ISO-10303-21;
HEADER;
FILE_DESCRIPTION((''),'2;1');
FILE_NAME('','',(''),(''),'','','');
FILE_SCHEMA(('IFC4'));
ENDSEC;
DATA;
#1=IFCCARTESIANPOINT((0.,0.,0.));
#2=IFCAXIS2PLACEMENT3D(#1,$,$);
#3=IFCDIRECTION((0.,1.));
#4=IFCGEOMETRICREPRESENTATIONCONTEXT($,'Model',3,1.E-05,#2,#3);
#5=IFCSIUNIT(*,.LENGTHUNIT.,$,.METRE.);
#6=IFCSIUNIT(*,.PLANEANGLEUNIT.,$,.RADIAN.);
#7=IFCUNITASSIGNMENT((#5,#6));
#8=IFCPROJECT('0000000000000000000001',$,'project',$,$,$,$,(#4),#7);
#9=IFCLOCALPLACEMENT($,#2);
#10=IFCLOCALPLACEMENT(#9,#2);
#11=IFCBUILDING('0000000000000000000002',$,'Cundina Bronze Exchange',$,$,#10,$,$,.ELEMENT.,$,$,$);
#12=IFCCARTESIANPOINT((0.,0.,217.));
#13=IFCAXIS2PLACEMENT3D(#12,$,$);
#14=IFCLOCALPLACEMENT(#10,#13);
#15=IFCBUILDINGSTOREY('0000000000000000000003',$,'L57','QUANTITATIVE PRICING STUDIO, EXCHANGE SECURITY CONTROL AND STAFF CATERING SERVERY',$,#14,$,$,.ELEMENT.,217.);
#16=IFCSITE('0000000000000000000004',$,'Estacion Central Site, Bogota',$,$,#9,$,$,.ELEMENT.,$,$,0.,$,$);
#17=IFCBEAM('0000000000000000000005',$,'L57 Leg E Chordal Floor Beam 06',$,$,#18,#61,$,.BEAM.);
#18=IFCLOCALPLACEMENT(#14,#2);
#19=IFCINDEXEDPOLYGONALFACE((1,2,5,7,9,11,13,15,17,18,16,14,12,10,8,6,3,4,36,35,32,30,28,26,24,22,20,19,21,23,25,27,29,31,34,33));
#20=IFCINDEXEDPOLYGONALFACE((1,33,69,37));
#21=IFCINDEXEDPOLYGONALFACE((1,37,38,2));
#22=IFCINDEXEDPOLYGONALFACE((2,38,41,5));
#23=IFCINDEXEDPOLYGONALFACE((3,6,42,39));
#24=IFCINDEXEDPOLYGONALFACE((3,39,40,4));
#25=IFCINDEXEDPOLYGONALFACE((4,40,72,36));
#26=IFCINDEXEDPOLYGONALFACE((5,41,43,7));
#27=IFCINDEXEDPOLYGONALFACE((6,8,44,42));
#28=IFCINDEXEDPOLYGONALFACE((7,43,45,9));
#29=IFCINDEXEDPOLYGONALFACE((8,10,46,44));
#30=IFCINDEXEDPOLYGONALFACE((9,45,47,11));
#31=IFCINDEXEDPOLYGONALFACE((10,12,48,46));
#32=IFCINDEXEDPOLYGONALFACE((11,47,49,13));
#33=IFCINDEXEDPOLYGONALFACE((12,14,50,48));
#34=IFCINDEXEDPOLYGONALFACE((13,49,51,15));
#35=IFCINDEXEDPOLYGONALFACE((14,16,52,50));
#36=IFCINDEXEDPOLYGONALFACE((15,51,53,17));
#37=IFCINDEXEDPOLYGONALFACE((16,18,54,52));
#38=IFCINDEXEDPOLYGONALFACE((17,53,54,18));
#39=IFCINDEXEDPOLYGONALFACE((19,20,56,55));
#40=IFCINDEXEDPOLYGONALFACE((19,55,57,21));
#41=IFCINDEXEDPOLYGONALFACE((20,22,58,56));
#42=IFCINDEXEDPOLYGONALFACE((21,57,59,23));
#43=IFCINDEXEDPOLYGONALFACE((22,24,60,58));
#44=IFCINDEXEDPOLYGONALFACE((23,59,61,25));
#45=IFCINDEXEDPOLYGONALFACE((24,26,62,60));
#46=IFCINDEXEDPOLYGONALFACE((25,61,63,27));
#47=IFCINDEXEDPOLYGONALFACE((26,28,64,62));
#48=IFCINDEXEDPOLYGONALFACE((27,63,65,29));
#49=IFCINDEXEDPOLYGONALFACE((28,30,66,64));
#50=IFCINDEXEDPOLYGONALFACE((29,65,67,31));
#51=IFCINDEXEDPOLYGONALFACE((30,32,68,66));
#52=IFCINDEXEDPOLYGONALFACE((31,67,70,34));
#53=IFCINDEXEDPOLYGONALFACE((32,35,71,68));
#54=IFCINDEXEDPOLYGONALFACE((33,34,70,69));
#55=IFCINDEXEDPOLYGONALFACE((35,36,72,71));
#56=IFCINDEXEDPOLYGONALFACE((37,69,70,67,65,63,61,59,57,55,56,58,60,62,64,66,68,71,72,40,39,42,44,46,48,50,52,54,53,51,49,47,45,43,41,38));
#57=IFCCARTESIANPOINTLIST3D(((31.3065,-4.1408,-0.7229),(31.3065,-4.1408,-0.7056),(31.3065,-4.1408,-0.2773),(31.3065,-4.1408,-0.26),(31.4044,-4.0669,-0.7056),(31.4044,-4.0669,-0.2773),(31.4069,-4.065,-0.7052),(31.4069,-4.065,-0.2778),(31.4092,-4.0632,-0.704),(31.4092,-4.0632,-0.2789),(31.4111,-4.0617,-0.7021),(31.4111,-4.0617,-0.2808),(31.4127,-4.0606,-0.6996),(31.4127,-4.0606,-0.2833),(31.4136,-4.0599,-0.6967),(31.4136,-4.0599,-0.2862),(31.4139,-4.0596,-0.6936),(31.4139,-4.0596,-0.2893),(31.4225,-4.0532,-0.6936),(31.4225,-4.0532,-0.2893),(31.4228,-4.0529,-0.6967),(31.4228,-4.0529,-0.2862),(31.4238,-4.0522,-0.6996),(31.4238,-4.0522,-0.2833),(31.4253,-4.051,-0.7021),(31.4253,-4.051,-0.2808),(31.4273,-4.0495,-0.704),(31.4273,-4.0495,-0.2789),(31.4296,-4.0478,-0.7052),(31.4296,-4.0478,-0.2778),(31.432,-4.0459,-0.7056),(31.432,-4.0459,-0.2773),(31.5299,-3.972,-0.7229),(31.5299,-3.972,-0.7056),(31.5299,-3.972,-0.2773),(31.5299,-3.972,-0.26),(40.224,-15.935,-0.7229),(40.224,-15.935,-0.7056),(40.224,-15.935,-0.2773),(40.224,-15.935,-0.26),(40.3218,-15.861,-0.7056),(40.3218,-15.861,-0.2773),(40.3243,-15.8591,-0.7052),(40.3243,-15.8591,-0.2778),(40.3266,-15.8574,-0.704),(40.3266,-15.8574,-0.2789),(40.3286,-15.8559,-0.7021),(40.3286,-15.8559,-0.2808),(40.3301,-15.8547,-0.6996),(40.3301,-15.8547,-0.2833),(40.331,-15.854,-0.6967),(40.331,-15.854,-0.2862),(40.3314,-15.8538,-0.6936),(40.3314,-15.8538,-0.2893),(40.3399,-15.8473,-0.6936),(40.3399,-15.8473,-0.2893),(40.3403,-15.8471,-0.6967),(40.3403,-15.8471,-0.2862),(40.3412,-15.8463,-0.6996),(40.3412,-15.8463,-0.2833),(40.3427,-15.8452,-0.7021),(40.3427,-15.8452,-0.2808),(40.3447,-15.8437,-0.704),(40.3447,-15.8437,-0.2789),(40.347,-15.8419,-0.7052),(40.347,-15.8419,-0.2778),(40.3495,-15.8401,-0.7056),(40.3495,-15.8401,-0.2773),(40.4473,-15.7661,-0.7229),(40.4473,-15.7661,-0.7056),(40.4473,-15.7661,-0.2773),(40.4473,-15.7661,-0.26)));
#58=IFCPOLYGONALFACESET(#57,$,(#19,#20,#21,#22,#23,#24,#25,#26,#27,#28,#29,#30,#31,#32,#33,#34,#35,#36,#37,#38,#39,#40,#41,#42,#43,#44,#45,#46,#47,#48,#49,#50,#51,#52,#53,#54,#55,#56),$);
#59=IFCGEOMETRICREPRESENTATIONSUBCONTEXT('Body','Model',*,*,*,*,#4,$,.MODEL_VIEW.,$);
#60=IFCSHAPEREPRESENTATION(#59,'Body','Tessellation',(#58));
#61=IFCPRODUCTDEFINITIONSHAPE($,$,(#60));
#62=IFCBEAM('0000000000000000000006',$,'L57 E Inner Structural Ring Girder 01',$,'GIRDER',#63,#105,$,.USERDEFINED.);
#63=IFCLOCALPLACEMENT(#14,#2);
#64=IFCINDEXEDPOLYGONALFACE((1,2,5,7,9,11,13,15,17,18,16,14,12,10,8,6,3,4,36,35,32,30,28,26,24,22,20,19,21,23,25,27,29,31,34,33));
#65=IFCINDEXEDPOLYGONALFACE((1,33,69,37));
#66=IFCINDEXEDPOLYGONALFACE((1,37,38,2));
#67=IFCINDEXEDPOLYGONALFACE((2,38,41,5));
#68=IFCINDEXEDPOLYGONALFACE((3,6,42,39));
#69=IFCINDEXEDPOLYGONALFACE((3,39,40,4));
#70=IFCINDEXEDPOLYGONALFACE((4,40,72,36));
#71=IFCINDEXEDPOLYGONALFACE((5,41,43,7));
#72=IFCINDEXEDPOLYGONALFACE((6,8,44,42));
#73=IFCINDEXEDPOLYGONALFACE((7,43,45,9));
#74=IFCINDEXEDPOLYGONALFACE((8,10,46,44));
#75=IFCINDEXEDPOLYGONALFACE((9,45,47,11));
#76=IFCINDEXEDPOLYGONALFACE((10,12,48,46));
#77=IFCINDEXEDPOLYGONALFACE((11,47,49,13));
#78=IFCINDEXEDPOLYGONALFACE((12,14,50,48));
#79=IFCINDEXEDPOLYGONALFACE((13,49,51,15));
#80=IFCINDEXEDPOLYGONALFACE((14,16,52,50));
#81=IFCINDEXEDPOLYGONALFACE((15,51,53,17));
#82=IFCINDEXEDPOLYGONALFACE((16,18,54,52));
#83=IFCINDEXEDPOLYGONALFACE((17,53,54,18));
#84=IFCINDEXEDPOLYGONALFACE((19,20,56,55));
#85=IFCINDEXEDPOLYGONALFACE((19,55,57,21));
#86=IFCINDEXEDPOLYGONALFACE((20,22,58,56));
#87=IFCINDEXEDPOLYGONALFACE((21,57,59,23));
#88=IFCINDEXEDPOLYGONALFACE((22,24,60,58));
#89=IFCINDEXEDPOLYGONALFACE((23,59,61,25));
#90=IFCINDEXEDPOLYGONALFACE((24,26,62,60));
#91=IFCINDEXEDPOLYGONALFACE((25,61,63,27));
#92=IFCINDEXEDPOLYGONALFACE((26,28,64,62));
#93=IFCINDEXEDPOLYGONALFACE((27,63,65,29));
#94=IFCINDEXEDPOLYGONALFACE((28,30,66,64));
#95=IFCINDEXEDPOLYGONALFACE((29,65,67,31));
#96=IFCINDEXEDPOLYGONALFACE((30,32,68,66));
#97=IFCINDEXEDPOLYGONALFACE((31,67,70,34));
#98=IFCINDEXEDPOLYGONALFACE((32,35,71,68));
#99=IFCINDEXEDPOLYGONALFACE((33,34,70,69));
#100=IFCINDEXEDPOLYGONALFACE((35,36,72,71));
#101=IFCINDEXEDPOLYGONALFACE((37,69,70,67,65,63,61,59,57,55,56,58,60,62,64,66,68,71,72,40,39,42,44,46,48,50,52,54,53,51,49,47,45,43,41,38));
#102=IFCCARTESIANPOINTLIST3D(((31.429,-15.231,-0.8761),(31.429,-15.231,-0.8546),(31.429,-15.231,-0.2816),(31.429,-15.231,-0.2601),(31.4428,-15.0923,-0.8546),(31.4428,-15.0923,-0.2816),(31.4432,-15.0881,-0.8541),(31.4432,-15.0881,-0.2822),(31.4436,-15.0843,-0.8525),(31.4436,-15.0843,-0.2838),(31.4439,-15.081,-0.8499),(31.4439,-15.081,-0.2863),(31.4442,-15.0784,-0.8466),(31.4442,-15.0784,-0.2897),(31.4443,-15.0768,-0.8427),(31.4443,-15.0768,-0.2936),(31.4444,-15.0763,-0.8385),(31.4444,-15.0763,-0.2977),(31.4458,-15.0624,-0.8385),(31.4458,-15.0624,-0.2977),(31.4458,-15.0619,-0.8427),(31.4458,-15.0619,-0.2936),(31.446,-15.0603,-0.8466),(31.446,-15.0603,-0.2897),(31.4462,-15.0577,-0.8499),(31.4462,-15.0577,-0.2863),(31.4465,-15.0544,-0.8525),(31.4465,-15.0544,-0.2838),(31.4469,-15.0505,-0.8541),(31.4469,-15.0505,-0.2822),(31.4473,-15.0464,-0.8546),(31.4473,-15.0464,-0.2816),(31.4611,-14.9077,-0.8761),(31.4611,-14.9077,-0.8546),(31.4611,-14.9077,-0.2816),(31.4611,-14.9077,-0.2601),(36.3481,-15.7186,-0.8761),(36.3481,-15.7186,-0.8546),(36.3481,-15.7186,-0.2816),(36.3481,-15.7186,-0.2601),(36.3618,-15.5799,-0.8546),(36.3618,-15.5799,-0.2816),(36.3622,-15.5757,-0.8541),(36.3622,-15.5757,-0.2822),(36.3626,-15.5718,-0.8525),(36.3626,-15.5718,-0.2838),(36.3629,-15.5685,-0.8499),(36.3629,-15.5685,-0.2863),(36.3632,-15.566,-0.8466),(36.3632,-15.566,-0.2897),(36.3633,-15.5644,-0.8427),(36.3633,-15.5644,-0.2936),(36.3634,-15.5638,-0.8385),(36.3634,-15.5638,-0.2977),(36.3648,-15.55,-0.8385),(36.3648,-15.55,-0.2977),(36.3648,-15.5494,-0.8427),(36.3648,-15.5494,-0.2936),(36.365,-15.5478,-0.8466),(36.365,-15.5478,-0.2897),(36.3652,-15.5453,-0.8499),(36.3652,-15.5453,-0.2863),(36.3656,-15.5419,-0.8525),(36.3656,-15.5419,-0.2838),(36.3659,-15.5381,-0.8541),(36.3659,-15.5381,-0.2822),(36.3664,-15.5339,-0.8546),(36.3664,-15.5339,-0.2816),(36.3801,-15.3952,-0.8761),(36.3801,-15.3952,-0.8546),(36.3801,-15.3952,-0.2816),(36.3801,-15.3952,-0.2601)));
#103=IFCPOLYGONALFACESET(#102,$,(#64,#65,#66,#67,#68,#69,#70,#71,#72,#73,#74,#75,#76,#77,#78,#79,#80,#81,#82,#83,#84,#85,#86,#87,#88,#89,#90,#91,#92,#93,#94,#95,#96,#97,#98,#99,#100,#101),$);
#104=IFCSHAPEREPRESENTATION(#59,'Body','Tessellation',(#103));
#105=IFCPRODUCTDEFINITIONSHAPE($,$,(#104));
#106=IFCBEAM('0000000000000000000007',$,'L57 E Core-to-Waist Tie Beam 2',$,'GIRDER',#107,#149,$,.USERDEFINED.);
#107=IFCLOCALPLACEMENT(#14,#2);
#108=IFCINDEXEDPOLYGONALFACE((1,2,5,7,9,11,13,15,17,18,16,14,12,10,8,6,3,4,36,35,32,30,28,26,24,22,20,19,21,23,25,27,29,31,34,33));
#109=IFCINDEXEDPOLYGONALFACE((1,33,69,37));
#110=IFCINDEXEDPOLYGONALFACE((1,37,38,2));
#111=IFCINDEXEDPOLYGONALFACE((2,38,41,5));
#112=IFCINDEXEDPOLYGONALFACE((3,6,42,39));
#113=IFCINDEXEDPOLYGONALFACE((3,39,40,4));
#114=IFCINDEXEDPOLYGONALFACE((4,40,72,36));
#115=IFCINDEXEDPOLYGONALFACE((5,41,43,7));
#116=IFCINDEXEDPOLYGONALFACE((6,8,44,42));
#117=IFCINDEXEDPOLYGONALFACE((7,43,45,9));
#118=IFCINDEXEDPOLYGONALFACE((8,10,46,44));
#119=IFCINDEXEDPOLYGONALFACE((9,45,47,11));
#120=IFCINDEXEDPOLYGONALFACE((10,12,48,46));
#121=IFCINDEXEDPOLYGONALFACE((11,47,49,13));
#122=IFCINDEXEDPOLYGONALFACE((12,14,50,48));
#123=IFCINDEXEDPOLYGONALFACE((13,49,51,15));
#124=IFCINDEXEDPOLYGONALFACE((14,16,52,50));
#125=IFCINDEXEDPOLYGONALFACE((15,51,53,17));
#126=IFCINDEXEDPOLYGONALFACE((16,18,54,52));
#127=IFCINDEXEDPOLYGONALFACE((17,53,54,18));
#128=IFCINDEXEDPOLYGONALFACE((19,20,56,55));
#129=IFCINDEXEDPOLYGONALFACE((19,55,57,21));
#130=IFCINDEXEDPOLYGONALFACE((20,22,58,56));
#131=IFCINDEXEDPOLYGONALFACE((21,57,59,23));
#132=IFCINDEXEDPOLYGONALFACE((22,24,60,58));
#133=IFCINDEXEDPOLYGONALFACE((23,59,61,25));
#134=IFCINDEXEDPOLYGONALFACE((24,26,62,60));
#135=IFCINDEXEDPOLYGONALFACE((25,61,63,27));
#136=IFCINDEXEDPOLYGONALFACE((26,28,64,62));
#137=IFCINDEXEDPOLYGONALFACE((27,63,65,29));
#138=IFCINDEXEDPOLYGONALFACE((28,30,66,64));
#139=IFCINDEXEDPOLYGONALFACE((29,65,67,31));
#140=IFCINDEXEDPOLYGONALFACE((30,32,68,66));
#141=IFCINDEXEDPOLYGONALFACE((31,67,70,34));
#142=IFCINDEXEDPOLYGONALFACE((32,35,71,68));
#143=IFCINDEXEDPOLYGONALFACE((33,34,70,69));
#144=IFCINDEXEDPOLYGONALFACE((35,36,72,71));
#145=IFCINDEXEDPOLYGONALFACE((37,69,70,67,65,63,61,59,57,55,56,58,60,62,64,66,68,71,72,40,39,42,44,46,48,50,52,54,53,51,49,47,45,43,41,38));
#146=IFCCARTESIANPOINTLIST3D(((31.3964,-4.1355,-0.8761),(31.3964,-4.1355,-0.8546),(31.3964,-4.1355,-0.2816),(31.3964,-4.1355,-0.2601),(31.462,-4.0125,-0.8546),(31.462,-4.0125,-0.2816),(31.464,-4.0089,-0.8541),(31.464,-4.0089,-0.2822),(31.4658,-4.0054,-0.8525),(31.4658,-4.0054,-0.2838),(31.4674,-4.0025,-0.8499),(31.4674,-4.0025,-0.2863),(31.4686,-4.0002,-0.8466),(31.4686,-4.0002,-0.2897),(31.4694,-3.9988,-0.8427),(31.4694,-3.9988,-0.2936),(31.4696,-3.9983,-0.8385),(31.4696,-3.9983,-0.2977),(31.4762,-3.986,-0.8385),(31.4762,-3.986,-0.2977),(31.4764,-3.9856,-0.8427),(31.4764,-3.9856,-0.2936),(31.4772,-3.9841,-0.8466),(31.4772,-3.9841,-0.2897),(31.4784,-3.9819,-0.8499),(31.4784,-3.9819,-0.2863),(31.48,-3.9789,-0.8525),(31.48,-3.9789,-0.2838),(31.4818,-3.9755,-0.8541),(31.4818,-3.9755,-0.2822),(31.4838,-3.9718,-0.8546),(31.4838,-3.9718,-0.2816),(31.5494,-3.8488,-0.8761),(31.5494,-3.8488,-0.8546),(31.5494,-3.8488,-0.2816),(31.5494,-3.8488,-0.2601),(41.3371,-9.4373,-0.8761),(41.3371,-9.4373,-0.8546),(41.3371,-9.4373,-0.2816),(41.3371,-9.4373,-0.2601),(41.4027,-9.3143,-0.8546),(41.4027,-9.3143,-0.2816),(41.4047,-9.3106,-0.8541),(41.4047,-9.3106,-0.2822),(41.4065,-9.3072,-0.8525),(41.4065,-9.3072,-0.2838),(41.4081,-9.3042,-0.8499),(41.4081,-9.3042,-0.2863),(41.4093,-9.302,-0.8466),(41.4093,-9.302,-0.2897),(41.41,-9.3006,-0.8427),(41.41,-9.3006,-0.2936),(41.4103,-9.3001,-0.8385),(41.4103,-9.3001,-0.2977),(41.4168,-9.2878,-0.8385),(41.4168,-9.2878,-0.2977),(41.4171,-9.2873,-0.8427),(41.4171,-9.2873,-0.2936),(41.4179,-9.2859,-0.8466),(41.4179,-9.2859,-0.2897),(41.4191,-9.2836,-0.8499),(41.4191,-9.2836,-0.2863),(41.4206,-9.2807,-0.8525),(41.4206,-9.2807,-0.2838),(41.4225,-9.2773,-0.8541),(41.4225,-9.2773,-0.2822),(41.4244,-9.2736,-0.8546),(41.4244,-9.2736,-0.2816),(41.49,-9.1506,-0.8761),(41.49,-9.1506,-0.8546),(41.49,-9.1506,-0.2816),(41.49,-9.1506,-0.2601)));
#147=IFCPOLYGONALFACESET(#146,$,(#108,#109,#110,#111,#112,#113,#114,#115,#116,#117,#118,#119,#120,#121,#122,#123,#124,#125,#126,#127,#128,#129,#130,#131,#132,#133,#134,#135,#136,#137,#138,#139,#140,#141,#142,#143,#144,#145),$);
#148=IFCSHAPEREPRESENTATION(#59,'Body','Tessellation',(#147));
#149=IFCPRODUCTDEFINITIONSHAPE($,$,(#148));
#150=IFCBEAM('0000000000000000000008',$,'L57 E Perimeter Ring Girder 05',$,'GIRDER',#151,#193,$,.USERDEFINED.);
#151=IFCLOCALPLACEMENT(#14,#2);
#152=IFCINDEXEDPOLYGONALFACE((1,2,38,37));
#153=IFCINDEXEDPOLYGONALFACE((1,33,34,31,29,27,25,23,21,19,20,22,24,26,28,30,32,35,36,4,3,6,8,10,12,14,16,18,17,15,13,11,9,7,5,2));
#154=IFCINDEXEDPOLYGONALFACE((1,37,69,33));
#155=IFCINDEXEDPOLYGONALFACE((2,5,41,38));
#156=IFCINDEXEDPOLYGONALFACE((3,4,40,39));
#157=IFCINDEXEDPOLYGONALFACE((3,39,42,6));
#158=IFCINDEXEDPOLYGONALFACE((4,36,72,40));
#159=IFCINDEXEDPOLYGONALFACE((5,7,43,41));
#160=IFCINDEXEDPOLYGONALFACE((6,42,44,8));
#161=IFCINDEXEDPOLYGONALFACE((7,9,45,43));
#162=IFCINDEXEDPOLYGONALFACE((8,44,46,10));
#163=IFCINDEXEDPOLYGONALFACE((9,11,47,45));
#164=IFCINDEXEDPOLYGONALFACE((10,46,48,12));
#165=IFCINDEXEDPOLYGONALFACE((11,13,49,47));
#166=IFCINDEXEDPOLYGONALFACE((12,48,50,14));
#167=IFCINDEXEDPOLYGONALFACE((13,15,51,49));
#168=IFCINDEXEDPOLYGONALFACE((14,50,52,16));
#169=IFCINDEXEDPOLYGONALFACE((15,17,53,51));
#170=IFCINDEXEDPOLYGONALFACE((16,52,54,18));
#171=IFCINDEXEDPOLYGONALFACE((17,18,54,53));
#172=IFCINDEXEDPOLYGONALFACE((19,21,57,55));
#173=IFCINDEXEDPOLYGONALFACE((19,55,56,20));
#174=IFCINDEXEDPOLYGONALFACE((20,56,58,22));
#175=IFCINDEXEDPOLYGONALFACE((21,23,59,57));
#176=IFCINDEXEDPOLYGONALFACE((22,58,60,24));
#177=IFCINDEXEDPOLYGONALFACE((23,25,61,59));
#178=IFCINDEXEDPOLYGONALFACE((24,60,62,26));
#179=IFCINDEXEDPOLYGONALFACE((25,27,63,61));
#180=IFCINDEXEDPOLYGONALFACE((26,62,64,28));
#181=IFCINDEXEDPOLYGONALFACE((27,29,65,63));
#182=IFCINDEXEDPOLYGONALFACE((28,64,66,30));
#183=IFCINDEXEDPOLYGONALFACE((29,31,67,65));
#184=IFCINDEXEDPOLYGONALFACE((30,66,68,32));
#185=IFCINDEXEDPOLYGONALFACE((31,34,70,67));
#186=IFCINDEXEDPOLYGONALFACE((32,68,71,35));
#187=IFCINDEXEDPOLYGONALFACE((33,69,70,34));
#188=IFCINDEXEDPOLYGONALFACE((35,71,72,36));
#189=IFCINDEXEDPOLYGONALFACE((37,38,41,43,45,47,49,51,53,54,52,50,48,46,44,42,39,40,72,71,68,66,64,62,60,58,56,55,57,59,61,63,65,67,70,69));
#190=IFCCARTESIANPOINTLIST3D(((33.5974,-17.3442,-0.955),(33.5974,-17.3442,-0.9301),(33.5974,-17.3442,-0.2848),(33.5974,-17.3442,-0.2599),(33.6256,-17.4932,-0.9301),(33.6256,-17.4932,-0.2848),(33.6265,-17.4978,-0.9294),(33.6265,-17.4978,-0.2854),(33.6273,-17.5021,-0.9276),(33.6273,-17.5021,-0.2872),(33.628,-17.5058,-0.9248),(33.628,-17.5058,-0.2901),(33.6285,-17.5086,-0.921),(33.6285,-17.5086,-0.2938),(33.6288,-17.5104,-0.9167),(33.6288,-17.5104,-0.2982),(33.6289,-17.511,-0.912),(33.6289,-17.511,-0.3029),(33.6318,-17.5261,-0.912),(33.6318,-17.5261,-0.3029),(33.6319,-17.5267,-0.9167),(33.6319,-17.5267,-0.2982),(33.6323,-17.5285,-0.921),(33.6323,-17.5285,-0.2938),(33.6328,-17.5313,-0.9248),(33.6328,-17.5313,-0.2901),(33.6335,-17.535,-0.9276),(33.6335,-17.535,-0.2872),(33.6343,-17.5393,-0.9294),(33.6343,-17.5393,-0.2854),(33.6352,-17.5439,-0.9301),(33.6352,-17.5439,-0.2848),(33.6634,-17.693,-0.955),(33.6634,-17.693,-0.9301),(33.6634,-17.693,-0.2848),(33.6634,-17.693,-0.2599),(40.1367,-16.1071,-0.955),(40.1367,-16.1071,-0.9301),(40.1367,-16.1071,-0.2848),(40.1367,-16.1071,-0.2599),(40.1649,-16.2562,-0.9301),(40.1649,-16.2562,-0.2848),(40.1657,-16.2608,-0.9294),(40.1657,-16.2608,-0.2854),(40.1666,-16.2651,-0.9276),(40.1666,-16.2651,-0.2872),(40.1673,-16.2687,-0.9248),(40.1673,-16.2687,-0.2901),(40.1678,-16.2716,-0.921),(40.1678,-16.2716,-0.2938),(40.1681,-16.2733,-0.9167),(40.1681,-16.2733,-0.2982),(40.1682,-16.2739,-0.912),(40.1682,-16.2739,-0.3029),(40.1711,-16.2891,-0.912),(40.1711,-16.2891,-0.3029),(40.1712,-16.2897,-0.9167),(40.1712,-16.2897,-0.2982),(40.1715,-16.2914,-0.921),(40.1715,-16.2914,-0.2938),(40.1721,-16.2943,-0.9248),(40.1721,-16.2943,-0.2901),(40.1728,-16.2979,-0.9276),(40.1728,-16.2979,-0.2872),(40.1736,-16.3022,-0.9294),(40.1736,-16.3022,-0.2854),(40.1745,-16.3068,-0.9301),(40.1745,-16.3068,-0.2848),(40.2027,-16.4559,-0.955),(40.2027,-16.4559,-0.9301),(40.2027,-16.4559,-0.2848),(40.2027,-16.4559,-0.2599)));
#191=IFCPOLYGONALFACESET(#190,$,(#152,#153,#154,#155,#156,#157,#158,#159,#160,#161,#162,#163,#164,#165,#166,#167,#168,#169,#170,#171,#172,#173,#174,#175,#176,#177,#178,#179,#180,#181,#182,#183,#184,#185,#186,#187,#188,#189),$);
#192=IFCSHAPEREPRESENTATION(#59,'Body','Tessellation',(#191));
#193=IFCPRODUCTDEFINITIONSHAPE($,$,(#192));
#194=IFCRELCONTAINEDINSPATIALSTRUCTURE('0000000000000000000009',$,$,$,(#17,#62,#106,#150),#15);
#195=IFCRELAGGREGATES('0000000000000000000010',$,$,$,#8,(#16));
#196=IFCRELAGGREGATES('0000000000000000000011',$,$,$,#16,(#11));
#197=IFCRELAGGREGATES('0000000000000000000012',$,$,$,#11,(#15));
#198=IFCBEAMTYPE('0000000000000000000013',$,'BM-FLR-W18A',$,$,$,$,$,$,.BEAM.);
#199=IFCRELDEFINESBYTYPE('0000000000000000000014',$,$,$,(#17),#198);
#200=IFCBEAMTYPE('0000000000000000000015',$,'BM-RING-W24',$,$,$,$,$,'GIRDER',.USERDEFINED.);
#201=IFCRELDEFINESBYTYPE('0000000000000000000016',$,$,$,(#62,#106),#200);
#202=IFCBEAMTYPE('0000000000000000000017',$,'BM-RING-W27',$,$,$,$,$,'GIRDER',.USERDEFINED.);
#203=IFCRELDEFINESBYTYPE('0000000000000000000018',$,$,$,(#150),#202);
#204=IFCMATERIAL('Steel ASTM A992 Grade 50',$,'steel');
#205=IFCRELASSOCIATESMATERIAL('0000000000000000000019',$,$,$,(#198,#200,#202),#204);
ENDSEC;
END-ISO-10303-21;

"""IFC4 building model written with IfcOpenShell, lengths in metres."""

from ifc_helpers import new_model, si_unit, direction, frame, origin, origin_2d, place, context, subcontext, project, spatial, i_section, extrude, material, material_profile, profile_set, type_object, element, save


model = new_model("IFC4")

# Units and contexts
model_context = context("Model", 3, precision=1e-05, world=origin(), true_north=direction((0.0, 1.0)))
body_context = subcontext(model_context, "Body", "Model", "MODEL_VIEW")
ifc_project = project(units=[si_unit("LENGTHUNIT", "METRE"), si_unit("PLANEANGLEUNIT", "RADIAN")], contexts=[model_context])

# Site, building, storey
site_placement = place(None, origin())
site = spatial("IfcSite", under=ifc_project, at=site_placement, Name="Estacion Central Site, Bogota", CompositionType="ELEMENT", RefElevation=0.0)
building_placement = place(site_placement, origin())
building = spatial("IfcBuilding", under=site, at=building_placement, Name="Cundina Bronze Exchange", CompositionType="ELEMENT")
storey_placement = place(building_placement, frame((0.0, 0.0, 217.0)))
storey = spatial("IfcBuildingStorey", under=building, at=storey_placement, Name="L57", Description="QUANTITATIVE PRICING STUDIO, EXCHANGE SECURITY CONTROL AND STAFF CATERING SERVERY", CompositionType="ELEMENT", Elevation=217.0)

# Shared definitions
ifc_material_1 = material(Name="Steel ASTM A992 Grade 50", Category="steel")

# Beams
ifc_material_profile_1 = material_profile(ifc_material_1, i_section(OverallWidth=0.28, OverallDepth=0.4629, WebThickness=0.0107, FlangeThickness=0.0173, FilletRadius=0.012, at=origin_2d()), Name="W18X76", Category="steel")
ifc_profile_set_1 = profile_set([ifc_material_profile_1], Name="Steel ASTM A992 Grade 50")
beam_type_1 = type_object("IfcBeamType", Name="BM-FLR-W18A", PredefinedType="BEAM", material=ifc_profile_set_1)
beam_1_placement = place(storey_placement, frame((31.4182, -4.0564, -0.4915), z_axis=(0.603105, -0.797662, 0.0), x_axis=(0.797662, 0.603105, 0.0)))
element("IfcBeam", 1, at=beam_1_placement, inside=storey, type_object=beam_type_1, Name="L57 Leg E Chordal Floor Beam 06", PredefinedType="BEAM", context=body_context, shape_type="SweptSolid", body=[
    extrude(i_section(OverallWidth=0.28, OverallDepth=0.4629, WebThickness=0.0107, FlangeThickness=0.0173, FilletRadius=0.012, at=origin_2d()), origin(), (0.0, 0.0, 1.0), 14.7859),
])
ifc_material_profile_2 = material_profile(ifc_material_1, i_section(OverallWidth=0.325, OverallDepth=0.616, WebThickness=0.0139, FlangeThickness=0.0215, FilletRadius=0.0161, at=origin_2d()), Name="W24X117", Category="steel")
ifc_profile_set_2 = profile_set([ifc_material_profile_2], Name="Steel ASTM A992 Grade 50")
beam_type_2 = type_object("IfcBeamType", Name="BM-RING-W24", ElementType="GIRDER", PredefinedType="USERDEFINED", material=ifc_profile_set_2)
beam_2_placement = place(storey_placement, frame((31.4451, -15.0693, -0.5681), z_axis=(0.995124, -0.098633, 0.0), x_axis=(0.098633, 0.995124, 0.0)))
element("IfcBeam", 2, at=beam_2_placement, inside=storey, type_object=beam_type_2, Name="L57 E Inner Structural Ring Girder 01", ObjectType="GIRDER", PredefinedType="USERDEFINED", context=body_context, shape_type="SweptSolid", body=[
    extrude(i_section(OverallWidth=0.325, OverallDepth=0.616, WebThickness=0.0139, FlangeThickness=0.0215, FilletRadius=0.0161, at=origin_2d()), origin(), (0.0, 0.0, 1.0), 4.9431),
])
beam_3_placement = place(storey_placement, frame((31.4729, -3.9922, -0.5681), z_axis=(0.882351, -0.470593, 0.0), x_axis=(0.470593, 0.882351, 0.0)))
element("IfcBeam", 3, at=beam_3_placement, inside=storey, type_object=beam_type_2, Name="L57 E Core-to-Waist Tie Beam 2", ObjectType="GIRDER", PredefinedType="USERDEFINED", context=body_context, shape_type="SweptSolid", body=[
    extrude(i_section(OverallWidth=0.325, OverallDepth=0.616, WebThickness=0.0139, FlangeThickness=0.0215, FilletRadius=0.0161, at=origin_2d()), origin(), (0.0, 0.0, 1.0), 11.2661),
])
ifc_material_profile_3 = material_profile(ifc_material_1, i_section(OverallWidth=0.355, OverallDepth=0.6951, WebThickness=0.0154, FlangeThickness=0.0249, FilletRadius=0.0181, at=origin_2d()), Name="W27X146", Category="steel")
ifc_profile_set_3 = profile_set([ifc_material_profile_3], Name="Steel ASTM A992 Grade 50")
beam_type_3 = type_object("IfcBeamType", Name="BM-RING-W27", ElementType="GIRDER", PredefinedType="USERDEFINED", material=ifc_profile_set_3)
beam_4_placement = place(storey_placement, frame((33.6304, -17.5186, -0.6074), z_axis=(0.982573, 0.185876, 0.0), x_axis=(-0.185876, 0.982573, 0.0)))
element("IfcBeam", 4, at=beam_4_placement, inside=storey, type_object=beam_type_3, Name="L57 E Perimeter Ring Girder 05", ObjectType="GIRDER", PredefinedType="USERDEFINED", context=body_context, shape_type="SweptSolid", body=[
    extrude(i_section(OverallWidth=0.355, OverallDepth=0.6951, WebThickness=0.0154, FlangeThickness=0.0249, FilletRadius=0.0181, at=origin_2d()), origin(), (0.0, 0.0, 1.0), 6.6553),
])

save(model, "model.ifc")
